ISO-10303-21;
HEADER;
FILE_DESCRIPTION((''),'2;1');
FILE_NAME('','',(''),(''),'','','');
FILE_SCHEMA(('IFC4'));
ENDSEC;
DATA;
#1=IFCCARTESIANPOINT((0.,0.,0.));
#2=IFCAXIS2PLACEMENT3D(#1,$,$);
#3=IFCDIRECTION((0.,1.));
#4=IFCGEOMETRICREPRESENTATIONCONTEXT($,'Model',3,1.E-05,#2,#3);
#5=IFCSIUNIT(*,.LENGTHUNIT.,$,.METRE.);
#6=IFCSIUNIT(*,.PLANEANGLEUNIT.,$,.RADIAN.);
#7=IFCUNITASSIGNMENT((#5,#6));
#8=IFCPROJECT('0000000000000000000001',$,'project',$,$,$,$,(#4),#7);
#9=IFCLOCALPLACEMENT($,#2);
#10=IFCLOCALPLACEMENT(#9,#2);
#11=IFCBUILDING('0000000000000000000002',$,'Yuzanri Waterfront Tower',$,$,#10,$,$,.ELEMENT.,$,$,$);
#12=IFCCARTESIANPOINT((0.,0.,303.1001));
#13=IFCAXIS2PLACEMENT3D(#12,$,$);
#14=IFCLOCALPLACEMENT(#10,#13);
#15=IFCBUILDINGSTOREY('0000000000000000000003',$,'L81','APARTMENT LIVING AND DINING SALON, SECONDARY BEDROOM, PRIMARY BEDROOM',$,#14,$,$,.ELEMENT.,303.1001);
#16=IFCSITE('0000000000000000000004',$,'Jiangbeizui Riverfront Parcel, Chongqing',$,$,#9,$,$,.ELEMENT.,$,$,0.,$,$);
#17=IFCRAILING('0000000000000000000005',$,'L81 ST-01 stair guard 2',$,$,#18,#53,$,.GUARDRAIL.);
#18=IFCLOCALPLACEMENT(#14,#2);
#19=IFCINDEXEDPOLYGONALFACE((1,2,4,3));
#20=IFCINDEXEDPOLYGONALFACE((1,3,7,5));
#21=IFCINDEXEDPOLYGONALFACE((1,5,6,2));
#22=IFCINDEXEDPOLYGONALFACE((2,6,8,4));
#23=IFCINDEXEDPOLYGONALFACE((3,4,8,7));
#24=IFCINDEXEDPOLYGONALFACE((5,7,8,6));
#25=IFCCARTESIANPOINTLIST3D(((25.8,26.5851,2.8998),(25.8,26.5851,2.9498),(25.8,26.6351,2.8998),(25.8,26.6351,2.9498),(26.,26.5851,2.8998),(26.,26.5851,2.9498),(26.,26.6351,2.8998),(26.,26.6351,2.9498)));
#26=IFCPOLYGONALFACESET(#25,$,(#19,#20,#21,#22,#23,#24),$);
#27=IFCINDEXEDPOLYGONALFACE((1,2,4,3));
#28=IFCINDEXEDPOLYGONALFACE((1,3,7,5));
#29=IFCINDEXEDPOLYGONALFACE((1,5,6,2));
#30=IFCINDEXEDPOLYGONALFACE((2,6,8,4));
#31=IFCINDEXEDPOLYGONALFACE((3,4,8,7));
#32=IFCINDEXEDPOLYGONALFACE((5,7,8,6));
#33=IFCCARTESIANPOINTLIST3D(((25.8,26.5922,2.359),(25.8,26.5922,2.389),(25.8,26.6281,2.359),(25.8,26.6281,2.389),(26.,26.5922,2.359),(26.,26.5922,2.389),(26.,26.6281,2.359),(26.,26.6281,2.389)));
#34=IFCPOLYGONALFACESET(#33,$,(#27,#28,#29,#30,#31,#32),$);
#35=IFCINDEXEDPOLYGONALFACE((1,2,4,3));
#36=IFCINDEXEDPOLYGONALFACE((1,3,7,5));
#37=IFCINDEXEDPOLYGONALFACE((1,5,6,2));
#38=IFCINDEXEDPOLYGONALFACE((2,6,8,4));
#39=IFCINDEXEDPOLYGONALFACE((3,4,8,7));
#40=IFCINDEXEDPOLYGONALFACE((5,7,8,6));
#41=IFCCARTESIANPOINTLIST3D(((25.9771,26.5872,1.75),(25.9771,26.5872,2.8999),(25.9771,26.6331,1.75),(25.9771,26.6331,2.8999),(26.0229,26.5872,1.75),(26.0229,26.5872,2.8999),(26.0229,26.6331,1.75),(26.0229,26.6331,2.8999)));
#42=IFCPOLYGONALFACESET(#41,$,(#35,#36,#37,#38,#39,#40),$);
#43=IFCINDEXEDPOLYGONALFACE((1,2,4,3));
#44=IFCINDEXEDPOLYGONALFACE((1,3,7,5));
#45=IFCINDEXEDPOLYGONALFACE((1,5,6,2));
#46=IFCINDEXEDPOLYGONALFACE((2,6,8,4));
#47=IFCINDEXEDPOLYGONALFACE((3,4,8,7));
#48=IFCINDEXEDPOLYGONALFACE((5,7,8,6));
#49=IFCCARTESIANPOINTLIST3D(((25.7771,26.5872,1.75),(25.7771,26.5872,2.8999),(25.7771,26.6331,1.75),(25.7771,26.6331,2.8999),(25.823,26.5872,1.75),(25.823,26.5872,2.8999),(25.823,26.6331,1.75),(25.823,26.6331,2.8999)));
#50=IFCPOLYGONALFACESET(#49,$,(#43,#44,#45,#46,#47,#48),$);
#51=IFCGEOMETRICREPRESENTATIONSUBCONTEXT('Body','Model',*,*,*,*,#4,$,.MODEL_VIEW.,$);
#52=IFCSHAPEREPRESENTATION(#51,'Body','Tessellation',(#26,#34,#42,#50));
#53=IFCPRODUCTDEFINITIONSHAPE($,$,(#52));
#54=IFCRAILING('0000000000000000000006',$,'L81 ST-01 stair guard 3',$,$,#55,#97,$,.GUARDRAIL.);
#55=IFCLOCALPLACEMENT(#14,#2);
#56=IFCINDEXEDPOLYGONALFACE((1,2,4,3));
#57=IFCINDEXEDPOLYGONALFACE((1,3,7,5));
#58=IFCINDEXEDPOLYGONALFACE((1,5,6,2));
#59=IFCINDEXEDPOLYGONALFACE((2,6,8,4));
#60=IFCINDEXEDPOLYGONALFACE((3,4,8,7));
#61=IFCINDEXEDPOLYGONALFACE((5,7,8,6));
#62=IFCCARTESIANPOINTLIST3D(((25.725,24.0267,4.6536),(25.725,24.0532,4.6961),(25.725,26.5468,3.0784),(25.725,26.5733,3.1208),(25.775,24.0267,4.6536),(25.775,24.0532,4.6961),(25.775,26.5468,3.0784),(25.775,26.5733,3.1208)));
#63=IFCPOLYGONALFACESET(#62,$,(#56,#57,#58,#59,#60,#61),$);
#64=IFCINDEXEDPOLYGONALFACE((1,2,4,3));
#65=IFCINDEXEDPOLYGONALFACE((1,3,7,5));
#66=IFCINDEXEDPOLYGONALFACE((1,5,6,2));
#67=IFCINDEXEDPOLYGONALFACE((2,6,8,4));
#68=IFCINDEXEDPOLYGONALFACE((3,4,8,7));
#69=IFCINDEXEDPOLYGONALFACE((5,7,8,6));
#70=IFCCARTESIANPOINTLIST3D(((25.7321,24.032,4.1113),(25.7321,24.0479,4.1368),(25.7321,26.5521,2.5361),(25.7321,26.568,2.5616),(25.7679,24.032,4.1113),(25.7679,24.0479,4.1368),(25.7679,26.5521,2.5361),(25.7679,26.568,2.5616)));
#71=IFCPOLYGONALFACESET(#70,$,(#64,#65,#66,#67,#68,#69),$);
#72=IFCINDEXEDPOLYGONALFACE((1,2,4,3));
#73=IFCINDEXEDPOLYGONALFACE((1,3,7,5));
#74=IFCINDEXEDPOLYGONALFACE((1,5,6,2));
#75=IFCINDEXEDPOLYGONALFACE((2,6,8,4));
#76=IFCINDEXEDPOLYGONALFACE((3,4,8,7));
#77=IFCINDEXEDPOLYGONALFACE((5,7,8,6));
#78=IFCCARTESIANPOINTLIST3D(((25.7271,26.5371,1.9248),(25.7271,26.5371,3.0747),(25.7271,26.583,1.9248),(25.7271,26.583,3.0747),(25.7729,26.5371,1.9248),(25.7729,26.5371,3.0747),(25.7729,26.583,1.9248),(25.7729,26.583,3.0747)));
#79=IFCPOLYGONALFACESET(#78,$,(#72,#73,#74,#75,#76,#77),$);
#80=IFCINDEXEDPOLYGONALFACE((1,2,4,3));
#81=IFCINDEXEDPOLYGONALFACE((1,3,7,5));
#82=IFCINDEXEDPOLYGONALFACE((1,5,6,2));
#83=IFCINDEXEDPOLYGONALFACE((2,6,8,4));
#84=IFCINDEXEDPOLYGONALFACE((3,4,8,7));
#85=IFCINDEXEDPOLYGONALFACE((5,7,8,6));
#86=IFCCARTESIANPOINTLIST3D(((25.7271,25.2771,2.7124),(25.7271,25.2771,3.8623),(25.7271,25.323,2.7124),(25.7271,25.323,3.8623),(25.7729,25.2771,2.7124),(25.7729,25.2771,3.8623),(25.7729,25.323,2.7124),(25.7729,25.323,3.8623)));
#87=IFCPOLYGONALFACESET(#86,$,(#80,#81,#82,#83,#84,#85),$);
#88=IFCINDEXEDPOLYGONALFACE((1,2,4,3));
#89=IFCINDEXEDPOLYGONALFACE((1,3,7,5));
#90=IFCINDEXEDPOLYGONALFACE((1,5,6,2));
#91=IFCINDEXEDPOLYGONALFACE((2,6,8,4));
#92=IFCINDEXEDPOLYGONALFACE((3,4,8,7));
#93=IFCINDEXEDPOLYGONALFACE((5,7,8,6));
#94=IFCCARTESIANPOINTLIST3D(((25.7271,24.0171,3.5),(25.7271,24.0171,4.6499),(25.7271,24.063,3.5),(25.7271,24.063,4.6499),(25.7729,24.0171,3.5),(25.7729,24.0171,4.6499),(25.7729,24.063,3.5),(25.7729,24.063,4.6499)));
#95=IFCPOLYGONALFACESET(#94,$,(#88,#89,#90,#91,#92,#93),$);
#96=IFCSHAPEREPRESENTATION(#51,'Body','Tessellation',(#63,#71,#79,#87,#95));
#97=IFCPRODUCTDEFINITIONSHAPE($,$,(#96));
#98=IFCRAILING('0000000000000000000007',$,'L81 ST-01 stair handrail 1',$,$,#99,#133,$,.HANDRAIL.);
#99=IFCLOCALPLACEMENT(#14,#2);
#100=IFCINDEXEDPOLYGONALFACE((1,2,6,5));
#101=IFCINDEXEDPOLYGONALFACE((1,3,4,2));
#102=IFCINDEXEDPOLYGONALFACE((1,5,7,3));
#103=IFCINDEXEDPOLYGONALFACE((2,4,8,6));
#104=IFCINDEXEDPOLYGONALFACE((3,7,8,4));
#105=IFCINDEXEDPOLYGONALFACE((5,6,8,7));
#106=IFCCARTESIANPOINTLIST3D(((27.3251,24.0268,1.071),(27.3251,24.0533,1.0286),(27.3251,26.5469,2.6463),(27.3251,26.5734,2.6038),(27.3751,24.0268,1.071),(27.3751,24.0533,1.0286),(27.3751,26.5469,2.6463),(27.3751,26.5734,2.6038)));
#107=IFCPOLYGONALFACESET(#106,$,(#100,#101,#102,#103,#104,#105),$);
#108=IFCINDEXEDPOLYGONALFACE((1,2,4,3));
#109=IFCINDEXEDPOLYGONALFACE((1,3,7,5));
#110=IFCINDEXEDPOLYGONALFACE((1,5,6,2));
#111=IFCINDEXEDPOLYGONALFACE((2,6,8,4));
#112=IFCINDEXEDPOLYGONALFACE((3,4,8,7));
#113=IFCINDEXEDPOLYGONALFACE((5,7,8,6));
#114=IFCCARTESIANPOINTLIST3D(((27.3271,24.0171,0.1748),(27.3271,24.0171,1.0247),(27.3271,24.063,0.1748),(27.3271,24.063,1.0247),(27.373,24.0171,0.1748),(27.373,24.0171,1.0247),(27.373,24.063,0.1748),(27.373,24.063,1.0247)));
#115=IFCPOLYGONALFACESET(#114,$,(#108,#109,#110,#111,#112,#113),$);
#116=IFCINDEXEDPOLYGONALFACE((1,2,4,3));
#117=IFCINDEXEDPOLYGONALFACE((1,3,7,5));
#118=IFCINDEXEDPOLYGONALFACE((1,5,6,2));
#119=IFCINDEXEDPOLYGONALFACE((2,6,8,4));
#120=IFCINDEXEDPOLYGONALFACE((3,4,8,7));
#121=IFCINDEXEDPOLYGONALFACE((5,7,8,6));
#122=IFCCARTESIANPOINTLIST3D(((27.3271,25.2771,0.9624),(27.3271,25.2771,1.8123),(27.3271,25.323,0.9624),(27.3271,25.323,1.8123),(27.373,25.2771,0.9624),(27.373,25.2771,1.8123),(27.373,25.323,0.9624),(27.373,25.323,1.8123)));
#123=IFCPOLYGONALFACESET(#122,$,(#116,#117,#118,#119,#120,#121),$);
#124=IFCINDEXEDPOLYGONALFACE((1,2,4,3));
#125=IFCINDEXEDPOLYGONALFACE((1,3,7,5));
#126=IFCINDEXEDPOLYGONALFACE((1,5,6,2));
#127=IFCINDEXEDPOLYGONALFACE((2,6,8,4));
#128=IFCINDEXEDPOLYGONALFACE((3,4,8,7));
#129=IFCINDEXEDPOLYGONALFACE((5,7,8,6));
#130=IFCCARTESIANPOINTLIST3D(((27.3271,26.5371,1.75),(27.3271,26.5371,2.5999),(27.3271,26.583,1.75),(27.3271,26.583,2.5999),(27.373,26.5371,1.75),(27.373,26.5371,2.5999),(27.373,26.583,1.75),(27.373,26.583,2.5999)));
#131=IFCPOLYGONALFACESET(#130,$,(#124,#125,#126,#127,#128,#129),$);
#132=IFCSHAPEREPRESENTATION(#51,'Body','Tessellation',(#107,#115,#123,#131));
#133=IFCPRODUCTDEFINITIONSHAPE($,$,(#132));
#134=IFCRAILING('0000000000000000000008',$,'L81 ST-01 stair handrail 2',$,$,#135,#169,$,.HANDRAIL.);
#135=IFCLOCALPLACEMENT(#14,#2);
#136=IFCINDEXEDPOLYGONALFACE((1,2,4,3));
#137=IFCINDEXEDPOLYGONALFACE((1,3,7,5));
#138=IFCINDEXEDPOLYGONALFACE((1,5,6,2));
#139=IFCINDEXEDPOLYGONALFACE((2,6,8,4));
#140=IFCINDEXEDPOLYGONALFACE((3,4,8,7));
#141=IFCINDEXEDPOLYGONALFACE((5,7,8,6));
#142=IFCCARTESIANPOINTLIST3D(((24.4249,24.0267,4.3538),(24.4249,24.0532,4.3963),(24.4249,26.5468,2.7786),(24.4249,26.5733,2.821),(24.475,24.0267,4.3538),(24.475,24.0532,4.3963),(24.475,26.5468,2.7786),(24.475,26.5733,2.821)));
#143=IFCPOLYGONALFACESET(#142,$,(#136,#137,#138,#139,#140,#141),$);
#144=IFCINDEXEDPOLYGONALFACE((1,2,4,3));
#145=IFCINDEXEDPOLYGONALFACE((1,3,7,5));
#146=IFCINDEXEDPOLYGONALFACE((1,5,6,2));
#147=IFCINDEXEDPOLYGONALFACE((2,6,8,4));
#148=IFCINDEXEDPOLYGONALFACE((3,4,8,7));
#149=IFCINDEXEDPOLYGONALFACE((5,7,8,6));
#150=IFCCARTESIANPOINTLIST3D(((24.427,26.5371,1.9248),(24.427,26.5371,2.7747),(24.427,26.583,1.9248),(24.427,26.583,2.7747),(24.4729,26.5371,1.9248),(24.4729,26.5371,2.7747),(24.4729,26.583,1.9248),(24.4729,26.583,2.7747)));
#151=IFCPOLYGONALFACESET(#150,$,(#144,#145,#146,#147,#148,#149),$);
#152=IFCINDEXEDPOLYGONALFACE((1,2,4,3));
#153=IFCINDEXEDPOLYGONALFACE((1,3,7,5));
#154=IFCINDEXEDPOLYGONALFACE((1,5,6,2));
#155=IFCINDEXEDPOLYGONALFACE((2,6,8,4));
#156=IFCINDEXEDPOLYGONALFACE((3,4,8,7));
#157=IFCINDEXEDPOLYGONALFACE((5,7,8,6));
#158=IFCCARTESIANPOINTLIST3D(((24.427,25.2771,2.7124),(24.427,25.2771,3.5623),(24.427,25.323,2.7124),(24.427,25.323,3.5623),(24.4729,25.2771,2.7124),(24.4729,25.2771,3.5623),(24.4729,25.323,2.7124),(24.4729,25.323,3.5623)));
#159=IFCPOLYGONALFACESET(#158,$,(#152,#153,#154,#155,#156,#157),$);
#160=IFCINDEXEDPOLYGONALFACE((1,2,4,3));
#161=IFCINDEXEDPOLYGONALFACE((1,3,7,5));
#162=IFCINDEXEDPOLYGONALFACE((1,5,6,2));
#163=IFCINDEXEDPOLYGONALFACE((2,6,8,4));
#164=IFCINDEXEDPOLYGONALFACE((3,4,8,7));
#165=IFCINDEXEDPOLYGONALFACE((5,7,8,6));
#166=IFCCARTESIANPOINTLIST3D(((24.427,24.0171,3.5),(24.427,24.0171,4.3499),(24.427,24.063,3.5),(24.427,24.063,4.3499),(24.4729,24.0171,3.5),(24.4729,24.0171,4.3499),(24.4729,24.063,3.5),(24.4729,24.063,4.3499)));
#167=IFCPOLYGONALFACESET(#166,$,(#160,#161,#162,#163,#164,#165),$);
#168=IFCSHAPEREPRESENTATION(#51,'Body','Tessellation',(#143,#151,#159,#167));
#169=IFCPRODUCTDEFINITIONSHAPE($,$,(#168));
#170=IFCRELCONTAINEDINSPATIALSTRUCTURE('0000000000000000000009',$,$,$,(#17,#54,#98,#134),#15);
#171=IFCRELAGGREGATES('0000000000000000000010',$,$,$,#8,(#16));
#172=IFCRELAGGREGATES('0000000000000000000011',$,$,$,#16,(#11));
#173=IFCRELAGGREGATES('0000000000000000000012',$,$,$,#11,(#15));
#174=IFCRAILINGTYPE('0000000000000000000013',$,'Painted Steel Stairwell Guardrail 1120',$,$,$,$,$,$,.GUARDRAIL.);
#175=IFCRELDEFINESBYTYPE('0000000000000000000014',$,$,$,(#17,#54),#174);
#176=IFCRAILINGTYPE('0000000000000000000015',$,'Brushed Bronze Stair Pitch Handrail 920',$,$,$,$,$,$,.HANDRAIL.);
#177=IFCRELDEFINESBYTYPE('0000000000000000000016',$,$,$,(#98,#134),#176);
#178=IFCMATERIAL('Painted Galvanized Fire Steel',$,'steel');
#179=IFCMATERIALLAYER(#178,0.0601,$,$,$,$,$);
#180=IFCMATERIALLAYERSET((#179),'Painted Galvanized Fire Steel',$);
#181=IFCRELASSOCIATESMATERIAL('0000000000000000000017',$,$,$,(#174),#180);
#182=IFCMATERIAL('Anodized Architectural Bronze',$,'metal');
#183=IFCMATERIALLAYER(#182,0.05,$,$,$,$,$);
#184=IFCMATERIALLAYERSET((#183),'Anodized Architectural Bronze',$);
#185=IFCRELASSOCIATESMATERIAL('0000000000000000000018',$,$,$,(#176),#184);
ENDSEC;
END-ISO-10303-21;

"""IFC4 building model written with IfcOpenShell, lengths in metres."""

from ifc_helpers import new_model, si_unit, direction, frame, origin, origin_2d, place, context, subcontext, project, spatial, rectangle, extrude, source, transform, mapped, material, layer, layer_set, type_object, element, save


model = new_model("IFC4")

# Units and contexts
model_context = context("Model", 3, precision=1e-05, world=origin(), true_north=direction((0.0, 1.0)))
body_context = subcontext(model_context, "Body", "Model", "MODEL_VIEW")
ifc_project = project(units=[si_unit("LENGTHUNIT", "METRE"), si_unit("PLANEANGLEUNIT", "RADIAN")], contexts=[model_context])

# Site, building, storey
site_placement = place(None, origin())
site = spatial("IfcSite", under=ifc_project, at=site_placement, Name="Jiangbeizui Riverfront Parcel, Chongqing", CompositionType="ELEMENT", RefElevation=0.0)
building_placement = place(site_placement, origin())
building = spatial("IfcBuilding", under=site, at=building_placement, Name="Yuzanri Waterfront Tower", CompositionType="ELEMENT")
storey_placement = place(building_placement, frame((0.0, 0.0, 303.1001)))
storey = spatial("IfcBuildingStorey", under=building, at=storey_placement, Name="L81", Description="APARTMENT LIVING AND DINING SALON, SECONDARY BEDROOM, PRIMARY BEDROOM", CompositionType="ELEMENT", Elevation=303.1001)

# Railings
ifc_material_1 = material(Name="Painted Galvanized Fire Steel", Category="steel")
ifc_layer_1 = layer(ifc_material_1, 0.0601)
ifc_layer_set_1 = layer_set([ifc_layer_1], Name="Painted Galvanized Fire Steel")
railing_type_1 = type_object("IfcRailingType", Name="Painted Steel Stairwell Guardrail 1120", PredefinedType="GUARDRAIL", material=ifc_layer_set_1)
shared_shape_1 = source(origin(), body_context, "Body", "SweptSolid", [
    extrude(rectangle(XDim=0.05, YDim=0.05, at=origin_2d()), frame((0.0, 0.0, 1.1748), z_axis=(-1.0, 0.0, 0.0), x_axis=(0.0, -1.0, 0.0)), (0.0, 0.0, 1.0), 0.2),
    extrude(rectangle(XDim=0.0359, YDim=0.03, at=origin_2d()), frame((0.0, 0.0, 0.624), z_axis=(-1.0, 0.0, 0.0), x_axis=(0.0, -1.0, 0.0)), (0.0, 0.0, 1.0), 0.2),
    extrude(rectangle(XDim=0.0459, YDim=0.0459, at=origin_2d()), origin(), (0.0, 0.0, 1.0), 1.1499),
    extrude(rectangle(XDim=0.0459, YDim=0.0459, at=origin_2d()), frame((-0.2, 0.0, 0.0)), (0.0, 0.0, 1.0), 1.1499),
])
railing_1_placement = place(storey_placement, frame((26.0, 26.6101, 1.75)))
element("IfcRailing", 1, at=railing_1_placement, inside=storey, type_object=railing_type_1, Name="L81 ST-01 stair guard 2", PredefinedType="GUARDRAIL", context=body_context, shape_type="MappedRepresentation", body=[
    mapped(shared_shape_1, transform((0.0, 0.0, 0.0), scale=1.0)),
])
shared_shape_2 = source(origin(), body_context, "Body", "SweptSolid", [
    extrude(rectangle(XDim=0.05, YDim=0.05, at=origin_2d()), frame((0.0, 0.0, 1.1748), z_axis=(0.0, -0.847971, 0.530043), x_axis=(1.0, 0.0, 0.0)), (0.0, 0.0, 1.0), 2.9719),
    extrude(rectangle(XDim=0.0359, YDim=0.03, at=origin_2d()), frame((0.0, 0.0, 0.624), z_axis=(0.0, -0.847971, 0.530043), x_axis=(1.0, 0.0, 0.0)), (0.0, 0.0, 1.0), 2.9719),
    extrude(rectangle(XDim=0.0459, YDim=0.0459, at=origin_2d()), origin(), (0.0, 0.0, 1.0), 1.1499),
    extrude(rectangle(XDim=0.0459, YDim=0.0459, at=origin_2d()), frame((0.0, -1.26, 0.7876)), (0.0, 0.0, 1.0), 1.1499),
    extrude(rectangle(XDim=0.0459, YDim=0.0459, at=origin_2d()), frame((0.0, -2.52, 1.5752)), (0.0, 0.0, 1.0), 1.1499),
])
railing_2_placement = place(storey_placement, frame((25.75, 26.5601, 1.9248)))
element("IfcRailing", 2, at=railing_2_placement, inside=storey, type_object=railing_type_1, Name="L81 ST-01 stair guard 3", PredefinedType="GUARDRAIL", context=body_context, shape_type="MappedRepresentation", body=[
    mapped(shared_shape_2, transform((0.0, 0.0, 0.0), scale=1.0)),
])
ifc_material_2 = material(Name="Anodized Architectural Bronze", Category="metal")
ifc_layer_2 = layer(ifc_material_2, 0.05)
ifc_layer_set_2 = layer_set([ifc_layer_2], Name="Anodized Architectural Bronze")
railing_type_2 = type_object("IfcRailingType", Name="Brushed Bronze Stair Pitch Handrail 920", PredefinedType="HANDRAIL", material=ifc_layer_set_2)
shared_shape_3 = source(origin(), body_context, "Body", "SweptSolid", [
    extrude(rectangle(XDim=0.05, YDim=0.05, at=origin_2d()), frame((0.0, 0.0, 0.875), z_axis=(0.0, 0.847971, 0.530043), x_axis=(-1.0, 0.0, 0.0)), (0.0, 0.0, 1.0), 2.9719),
    extrude(rectangle(XDim=0.0459, YDim=0.0459, at=origin_2d()), origin(), (0.0, 0.0, 1.0), 0.8499),
    extrude(rectangle(XDim=0.0459, YDim=0.0459, at=origin_2d()), frame((0.0, 1.26, 0.7876)), (0.0, 0.0, 1.0), 0.8499),
    extrude(rectangle(XDim=0.0459, YDim=0.0459, at=origin_2d()), frame((0.0, 2.52, 1.5752)), (0.0, 0.0, 1.0), 0.8499),
])
railing_3_placement = place(storey_placement, frame((27.3501, 24.04, 0.1748)))
element("IfcRailing", 3, at=railing_3_placement, inside=storey, type_object=railing_type_2, Name="L81 ST-01 stair handrail 1", PredefinedType="HANDRAIL", context=body_context, shape_type="MappedRepresentation", body=[
    mapped(shared_shape_3, transform((0.0, 0.0, 0.0), scale=1.0)),
])
shared_shape_4 = source(origin(), body_context, "Body", "SweptSolid", [
    extrude(rectangle(XDim=0.05, YDim=0.05, at=origin_2d()), frame((0.0, 0.0, 0.875), z_axis=(0.0, -0.847971, 0.530043), x_axis=(1.0, 0.0, 0.0)), (0.0, 0.0, 1.0), 2.9719),
    extrude(rectangle(XDim=0.0459, YDim=0.0459, at=origin_2d()), origin(), (0.0, 0.0, 1.0), 0.8499),
    extrude(rectangle(XDim=0.0459, YDim=0.0459, at=origin_2d()), frame((0.0, -1.26, 0.7876)), (0.0, 0.0, 1.0), 0.8499),
    extrude(rectangle(XDim=0.0459, YDim=0.0459, at=origin_2d()), frame((0.0, -2.52, 1.5752)), (0.0, 0.0, 1.0), 0.8499),
])
railing_4_placement = place(storey_placement, frame((24.45, 26.5601, 1.9248)))
element("IfcRailing", 4, at=railing_4_placement, inside=storey, type_object=railing_type_2, Name="L81 ST-01 stair handrail 2", PredefinedType="HANDRAIL", context=body_context, shape_type="MappedRepresentation", body=[
    mapped(shared_shape_4, transform((0.0, 0.0, 0.0), scale=1.0)),
])

save(model, "model.ifc")
